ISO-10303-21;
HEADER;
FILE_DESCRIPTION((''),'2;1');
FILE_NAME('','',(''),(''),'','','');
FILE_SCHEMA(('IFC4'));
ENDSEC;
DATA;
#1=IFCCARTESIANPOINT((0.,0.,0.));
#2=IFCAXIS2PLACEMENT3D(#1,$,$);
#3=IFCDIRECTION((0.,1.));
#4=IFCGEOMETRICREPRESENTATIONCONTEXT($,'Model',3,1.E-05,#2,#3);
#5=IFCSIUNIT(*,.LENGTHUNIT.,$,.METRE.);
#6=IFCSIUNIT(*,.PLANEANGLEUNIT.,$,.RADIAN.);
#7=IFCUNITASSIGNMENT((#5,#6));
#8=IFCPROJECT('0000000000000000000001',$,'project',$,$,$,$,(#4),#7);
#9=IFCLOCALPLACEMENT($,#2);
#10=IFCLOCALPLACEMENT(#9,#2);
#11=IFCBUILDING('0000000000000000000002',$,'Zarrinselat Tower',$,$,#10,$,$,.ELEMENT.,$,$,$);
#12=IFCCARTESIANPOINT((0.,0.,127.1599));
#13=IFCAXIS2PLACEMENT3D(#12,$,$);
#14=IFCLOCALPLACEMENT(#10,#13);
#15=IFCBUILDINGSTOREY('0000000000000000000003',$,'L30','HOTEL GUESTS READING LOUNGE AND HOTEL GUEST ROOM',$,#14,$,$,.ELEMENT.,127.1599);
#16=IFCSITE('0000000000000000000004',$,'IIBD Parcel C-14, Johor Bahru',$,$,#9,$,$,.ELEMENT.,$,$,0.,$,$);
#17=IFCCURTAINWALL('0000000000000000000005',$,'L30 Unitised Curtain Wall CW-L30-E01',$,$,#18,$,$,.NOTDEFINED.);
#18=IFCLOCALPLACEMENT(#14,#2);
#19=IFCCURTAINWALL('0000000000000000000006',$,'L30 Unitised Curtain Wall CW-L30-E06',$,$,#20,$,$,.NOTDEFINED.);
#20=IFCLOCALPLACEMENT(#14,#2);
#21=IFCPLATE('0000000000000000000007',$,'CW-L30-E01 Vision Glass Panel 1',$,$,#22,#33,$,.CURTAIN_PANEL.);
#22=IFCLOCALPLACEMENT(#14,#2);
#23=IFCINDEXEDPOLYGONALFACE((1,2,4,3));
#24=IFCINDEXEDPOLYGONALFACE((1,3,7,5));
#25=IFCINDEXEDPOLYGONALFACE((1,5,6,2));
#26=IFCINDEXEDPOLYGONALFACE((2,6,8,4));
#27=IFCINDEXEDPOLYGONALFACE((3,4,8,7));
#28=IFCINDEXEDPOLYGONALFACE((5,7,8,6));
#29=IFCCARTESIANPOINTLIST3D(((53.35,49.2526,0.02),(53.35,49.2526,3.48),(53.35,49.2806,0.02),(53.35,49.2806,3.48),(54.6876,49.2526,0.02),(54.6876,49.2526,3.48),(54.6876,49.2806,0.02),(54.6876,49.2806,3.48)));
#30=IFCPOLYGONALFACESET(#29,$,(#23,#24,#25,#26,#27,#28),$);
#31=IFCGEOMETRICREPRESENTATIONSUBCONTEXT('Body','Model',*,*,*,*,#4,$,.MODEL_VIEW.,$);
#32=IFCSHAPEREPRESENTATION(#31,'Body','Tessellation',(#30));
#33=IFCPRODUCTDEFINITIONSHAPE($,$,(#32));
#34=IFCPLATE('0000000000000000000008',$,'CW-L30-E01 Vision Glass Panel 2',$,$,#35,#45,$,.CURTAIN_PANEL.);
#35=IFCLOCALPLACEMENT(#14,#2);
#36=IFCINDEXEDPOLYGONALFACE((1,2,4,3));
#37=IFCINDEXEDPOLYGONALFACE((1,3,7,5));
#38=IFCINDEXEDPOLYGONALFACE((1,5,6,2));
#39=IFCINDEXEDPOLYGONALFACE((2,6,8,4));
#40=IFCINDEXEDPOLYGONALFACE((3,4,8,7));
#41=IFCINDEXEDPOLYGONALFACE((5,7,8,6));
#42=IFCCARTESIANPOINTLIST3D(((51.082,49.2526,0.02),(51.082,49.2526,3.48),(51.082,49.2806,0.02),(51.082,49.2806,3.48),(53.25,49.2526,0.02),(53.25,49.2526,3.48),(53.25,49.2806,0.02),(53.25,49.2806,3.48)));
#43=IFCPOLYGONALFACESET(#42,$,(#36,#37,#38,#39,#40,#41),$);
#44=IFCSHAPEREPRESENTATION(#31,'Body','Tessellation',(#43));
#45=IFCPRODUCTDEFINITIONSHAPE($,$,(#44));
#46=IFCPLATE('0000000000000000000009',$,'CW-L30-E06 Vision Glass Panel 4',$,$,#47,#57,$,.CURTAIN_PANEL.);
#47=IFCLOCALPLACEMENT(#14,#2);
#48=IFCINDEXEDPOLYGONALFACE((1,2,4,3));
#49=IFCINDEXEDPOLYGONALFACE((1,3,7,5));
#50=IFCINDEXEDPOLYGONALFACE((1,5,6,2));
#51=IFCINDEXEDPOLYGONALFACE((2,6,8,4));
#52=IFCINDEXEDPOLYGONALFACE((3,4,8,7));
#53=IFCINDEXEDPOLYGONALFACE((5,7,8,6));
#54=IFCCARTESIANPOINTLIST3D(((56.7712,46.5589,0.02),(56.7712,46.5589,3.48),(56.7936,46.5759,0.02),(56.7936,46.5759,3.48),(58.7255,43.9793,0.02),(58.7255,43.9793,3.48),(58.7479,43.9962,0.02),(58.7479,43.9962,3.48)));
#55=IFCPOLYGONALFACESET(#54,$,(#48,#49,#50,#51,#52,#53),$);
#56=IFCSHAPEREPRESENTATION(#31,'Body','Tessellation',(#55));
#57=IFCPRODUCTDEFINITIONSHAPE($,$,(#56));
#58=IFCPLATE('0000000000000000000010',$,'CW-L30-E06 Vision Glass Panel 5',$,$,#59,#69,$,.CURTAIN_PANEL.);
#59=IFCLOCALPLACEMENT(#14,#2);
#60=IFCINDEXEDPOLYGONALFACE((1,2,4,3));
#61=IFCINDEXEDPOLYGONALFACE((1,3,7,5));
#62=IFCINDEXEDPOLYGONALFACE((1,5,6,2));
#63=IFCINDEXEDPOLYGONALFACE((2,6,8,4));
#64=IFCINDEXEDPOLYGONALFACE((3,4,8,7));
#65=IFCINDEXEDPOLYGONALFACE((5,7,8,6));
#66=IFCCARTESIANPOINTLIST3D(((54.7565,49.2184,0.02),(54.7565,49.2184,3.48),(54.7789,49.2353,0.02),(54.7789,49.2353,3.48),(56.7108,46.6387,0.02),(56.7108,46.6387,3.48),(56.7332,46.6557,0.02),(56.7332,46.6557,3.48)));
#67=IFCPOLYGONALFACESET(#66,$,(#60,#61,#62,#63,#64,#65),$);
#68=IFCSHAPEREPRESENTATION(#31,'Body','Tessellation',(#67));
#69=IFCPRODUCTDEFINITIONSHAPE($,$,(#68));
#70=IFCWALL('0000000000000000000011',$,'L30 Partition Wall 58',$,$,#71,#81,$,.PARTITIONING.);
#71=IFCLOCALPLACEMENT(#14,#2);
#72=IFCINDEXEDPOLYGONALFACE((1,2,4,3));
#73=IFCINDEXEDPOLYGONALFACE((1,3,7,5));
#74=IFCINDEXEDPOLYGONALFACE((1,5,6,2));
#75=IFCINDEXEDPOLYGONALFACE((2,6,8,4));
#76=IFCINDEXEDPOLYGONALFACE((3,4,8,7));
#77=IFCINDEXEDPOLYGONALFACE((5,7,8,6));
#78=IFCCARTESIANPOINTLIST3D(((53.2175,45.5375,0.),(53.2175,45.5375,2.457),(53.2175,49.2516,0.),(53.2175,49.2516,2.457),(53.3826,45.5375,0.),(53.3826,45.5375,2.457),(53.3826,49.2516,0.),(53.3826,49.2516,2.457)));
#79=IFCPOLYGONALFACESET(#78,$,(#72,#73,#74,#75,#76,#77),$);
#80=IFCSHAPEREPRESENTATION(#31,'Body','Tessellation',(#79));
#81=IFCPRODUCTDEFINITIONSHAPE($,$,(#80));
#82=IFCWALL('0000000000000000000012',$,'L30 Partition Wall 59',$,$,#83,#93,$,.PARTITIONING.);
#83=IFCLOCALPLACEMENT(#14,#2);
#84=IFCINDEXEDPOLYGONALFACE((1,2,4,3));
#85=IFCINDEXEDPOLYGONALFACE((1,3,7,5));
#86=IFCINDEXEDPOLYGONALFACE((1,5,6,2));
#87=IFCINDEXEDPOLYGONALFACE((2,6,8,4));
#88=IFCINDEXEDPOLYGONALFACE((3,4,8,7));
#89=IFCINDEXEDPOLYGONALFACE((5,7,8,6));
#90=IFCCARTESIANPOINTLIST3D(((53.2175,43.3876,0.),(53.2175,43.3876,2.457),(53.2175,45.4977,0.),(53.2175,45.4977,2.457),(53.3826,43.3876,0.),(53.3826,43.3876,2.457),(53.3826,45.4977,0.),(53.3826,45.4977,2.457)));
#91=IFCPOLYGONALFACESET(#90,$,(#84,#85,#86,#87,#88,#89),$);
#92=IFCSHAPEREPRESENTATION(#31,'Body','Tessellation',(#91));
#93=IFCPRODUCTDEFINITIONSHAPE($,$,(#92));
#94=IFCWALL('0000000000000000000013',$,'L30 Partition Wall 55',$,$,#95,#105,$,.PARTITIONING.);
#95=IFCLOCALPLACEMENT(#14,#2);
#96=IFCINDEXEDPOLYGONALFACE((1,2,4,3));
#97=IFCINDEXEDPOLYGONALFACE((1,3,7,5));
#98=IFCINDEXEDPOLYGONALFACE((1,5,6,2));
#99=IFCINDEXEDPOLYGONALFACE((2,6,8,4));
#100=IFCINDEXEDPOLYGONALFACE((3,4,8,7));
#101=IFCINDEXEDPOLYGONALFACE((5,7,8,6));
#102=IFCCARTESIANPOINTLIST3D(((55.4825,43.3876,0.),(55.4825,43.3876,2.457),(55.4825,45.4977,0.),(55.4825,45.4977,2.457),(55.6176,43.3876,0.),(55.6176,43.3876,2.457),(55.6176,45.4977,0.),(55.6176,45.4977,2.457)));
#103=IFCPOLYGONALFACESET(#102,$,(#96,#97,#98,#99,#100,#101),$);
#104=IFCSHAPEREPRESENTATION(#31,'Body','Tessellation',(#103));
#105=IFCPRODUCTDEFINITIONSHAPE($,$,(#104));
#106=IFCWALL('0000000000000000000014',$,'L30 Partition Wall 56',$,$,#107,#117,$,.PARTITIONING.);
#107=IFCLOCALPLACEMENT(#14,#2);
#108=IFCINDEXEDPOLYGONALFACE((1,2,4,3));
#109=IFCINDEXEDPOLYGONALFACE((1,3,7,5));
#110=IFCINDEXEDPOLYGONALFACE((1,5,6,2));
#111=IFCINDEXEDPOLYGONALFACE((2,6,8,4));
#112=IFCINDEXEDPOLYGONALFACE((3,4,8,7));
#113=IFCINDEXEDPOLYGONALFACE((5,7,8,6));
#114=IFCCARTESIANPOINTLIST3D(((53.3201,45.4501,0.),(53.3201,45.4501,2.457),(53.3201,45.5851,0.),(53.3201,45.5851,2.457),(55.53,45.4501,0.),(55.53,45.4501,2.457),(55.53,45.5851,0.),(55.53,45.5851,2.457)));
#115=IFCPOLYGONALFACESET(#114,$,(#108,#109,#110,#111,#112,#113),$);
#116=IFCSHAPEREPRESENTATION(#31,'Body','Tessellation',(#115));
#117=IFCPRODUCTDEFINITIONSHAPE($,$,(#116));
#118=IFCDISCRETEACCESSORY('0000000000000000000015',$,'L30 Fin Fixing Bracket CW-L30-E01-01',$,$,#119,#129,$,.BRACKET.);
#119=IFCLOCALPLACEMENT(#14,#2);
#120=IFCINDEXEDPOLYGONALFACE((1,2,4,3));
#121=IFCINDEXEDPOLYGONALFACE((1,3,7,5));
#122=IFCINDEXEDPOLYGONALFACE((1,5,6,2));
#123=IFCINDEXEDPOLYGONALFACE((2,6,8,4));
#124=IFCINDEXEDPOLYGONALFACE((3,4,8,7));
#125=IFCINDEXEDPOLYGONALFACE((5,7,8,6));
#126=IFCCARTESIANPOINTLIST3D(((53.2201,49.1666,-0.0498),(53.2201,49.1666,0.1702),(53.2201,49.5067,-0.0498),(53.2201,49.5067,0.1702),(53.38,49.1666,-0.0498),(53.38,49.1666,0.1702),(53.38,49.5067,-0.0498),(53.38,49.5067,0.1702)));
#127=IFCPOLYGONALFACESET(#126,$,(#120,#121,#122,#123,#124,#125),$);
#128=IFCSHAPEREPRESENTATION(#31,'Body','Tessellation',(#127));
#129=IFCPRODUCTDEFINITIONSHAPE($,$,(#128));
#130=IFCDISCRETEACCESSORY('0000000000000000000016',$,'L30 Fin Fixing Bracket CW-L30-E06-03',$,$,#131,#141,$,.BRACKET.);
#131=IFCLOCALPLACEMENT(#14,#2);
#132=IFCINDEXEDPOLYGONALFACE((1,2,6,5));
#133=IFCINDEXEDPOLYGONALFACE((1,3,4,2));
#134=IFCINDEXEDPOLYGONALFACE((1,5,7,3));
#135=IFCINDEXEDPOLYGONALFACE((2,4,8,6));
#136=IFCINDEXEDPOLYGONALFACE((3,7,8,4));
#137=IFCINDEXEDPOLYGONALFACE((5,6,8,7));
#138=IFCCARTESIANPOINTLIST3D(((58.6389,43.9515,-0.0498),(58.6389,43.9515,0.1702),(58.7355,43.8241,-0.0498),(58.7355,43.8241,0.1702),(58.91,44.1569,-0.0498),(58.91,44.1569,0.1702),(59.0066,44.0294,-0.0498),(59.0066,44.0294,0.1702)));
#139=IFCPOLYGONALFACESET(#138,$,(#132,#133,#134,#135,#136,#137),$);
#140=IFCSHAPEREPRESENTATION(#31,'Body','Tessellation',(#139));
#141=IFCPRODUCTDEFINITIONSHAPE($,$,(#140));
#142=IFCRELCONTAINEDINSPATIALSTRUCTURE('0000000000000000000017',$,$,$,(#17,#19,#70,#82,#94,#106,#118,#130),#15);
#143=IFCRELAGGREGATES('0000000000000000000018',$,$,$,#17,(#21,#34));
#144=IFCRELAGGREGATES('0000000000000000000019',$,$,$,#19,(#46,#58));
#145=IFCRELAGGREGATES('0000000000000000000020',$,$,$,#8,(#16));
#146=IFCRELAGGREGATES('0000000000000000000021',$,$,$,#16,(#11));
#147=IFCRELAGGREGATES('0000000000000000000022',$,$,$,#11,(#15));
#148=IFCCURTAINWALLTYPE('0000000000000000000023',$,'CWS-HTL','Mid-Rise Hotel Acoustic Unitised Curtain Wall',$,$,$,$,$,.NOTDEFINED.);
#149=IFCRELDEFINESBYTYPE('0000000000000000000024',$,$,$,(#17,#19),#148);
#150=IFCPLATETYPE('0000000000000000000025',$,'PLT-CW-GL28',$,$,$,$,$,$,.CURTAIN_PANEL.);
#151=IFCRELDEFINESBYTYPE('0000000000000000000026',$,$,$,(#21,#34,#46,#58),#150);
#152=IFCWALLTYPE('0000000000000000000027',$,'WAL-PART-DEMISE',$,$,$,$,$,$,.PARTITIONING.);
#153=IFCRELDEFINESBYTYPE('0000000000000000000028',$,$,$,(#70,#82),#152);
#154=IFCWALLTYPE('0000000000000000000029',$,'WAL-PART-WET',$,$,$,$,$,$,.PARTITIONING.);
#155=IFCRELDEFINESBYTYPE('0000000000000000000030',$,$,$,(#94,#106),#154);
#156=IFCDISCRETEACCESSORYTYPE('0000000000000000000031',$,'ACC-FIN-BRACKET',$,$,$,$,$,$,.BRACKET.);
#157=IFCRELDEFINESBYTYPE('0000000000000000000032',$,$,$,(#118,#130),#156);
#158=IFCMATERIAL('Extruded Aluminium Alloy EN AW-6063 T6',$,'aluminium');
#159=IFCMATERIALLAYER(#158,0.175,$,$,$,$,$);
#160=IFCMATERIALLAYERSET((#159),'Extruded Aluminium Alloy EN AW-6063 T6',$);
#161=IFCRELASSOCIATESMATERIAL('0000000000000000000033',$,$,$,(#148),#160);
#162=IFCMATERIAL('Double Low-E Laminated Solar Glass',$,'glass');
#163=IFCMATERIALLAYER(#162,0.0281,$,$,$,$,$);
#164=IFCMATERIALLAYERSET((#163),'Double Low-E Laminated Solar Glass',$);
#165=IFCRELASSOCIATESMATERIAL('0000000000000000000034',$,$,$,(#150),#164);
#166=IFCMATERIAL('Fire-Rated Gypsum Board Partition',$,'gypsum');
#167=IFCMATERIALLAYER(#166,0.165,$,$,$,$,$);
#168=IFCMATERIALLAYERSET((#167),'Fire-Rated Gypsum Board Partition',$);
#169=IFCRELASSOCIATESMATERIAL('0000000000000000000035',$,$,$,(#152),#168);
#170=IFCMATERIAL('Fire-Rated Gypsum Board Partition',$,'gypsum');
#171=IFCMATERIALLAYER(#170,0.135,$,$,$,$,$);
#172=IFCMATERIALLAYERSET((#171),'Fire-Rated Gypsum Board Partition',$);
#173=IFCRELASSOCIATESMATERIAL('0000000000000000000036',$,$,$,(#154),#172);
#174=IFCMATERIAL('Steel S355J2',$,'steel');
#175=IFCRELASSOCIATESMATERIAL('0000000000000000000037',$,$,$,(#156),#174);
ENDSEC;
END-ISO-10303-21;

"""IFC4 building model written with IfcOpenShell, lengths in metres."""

from ifc_helpers import new_model, si_unit, direction, frame, frame_2d, origin, origin_2d, place, context, subcontext, project, spatial, rectangle, extrude, material, layer, layer_set, type_object, element, aggregate, save


model = new_model("IFC4")

# Units and contexts
model_context = context("Model", 3, precision=1e-05, world=origin(), true_north=direction((0.0, 1.0)))
body_context = subcontext(model_context, "Body", "Model", "MODEL_VIEW")
ifc_project = project(units=[si_unit("LENGTHUNIT", "METRE"), si_unit("PLANEANGLEUNIT", "RADIAN")], contexts=[model_context])

# Site, building, storey
site_placement = place(None, origin())
site = spatial("IfcSite", under=ifc_project, at=site_placement, Name="IIBD Parcel C-14, Johor Bahru", CompositionType="ELEMENT", RefElevation=0.0)
building_placement = place(site_placement, origin())
building = spatial("IfcBuilding", under=site, at=building_placement, Name="Zarrinselat Tower", CompositionType="ELEMENT")
storey_placement = place(building_placement, frame((0.0, 0.0, 127.1599)))
storey = spatial("IfcBuildingStorey", under=building, at=storey_placement, Name="L30", Description="HOTEL GUESTS READING LOUNGE AND HOTEL GUEST ROOM", CompositionType="ELEMENT", Elevation=127.1599)

# Curtain walls
ifc_material_1 = material(Name="Extruded Aluminium Alloy EN AW-6063 T6", Category="aluminium")
ifc_layer_1 = layer(ifc_material_1, 0.175)
ifc_layer_set_1 = layer_set([ifc_layer_1], Name="Extruded Aluminium Alloy EN AW-6063 T6")
curtain_wall_type = type_object("IfcCurtainWallType", Name="CWS-HTL", Description="Mid-Rise Hotel Acoustic Unitised Curtain Wall", PredefinedType="NOTDEFINED", material=ifc_layer_set_1)
curtain_wall_1_placement = place(storey_placement, origin())
curtain_wall_1 = element("IfcCurtainWall", 1, at=curtain_wall_1_placement, inside=storey, type_object=curtain_wall_type, Name="L30 Unitised Curtain Wall CW-L30-E01", PredefinedType="NOTDEFINED")
curtain_wall_2_placement = place(storey_placement, origin())
curtain_wall_2 = element("IfcCurtainWall", 2, at=curtain_wall_2_placement, inside=storey, type_object=curtain_wall_type, Name="L30 Unitised Curtain Wall CW-L30-E06", PredefinedType="NOTDEFINED")

# Plates
ifc_material_2 = material(Name="Double Low-E Laminated Solar Glass", Category="glass")
ifc_layer_2 = layer(ifc_material_2, 0.0281)
ifc_layer_set_2 = layer_set([ifc_layer_2], Name="Double Low-E Laminated Solar Glass")
plate_type = type_object("IfcPlateType", Name="PLT-CW-GL28", PredefinedType="CURTAIN_PANEL", material=ifc_layer_set_2)
plate_1_placement = place(storey_placement, frame((54.0188, 49.2666, 0.02), z_axis=(0.0, 0.0, 1.0), x_axis=(-1.0, 0.0, 0.0)))
plate_1 = element("IfcPlate", 3, at=plate_1_placement, type_object=plate_type, Name="CW-L30-E01 Vision Glass Panel 1", PredefinedType="CURTAIN_PANEL", context=body_context, shape_type="SweptSolid", body=[
    extrude(rectangle(XDim=1.3376, YDim=0.0281, at=origin_2d()), origin(), (0.0, 0.0, 1.0), 3.46),
])
plate_2_placement = place(storey_placement, frame((52.166, 49.2666, 0.02), z_axis=(0.0, 0.0, 1.0), x_axis=(-1.0, 0.0, 0.0)))
plate_2 = element("IfcPlate", 4, at=plate_2_placement, type_object=plate_type, Name="CW-L30-E01 Vision Glass Panel 2", PredefinedType="CURTAIN_PANEL", context=body_context, shape_type="SweptSolid", body=[
    extrude(rectangle(XDim=2.168, YDim=0.0281, at=origin_2d()), origin(), (0.0, 0.0, 1.0), 3.46),
])
aggregate(curtain_wall_1, [plate_1, plate_2])
plate_3_placement = place(storey_placement, frame((57.7595, 45.2776, 0.02), z_axis=(0.0, 0.0, 1.0), x_axis=(-0.603858, 0.797092, 0.0)))
plate_3 = element("IfcPlate", 5, at=plate_3_placement, type_object=plate_type, Name="CW-L30-E06 Vision Glass Panel 4", PredefinedType="CURTAIN_PANEL", context=body_context, shape_type="SweptSolid", body=[
    extrude(rectangle(XDim=3.2363, YDim=0.0281, at=origin_2d()), origin(), (0.0, 0.0, 1.0), 3.46),
])
plate_4_placement = place(storey_placement, frame((55.7449, 47.937, 0.02), z_axis=(0.0, 0.0, 1.0), x_axis=(-0.603858, 0.797092, 0.0)))
plate_4 = element("IfcPlate", 6, at=plate_4_placement, type_object=plate_type, Name="CW-L30-E06 Vision Glass Panel 5", PredefinedType="CURTAIN_PANEL", context=body_context, shape_type="SweptSolid", body=[
    extrude(rectangle(XDim=3.2363, YDim=0.0281, at=origin_2d()), origin(), (0.0, 0.0, 1.0), 3.46),
])
aggregate(curtain_wall_2, [plate_3, plate_4])

# Walls
ifc_material_3 = material(Name="Fire-Rated Gypsum Board Partition", Category="gypsum")
ifc_layer_3 = layer(ifc_material_3, 0.165)
ifc_layer_set_3 = layer_set([ifc_layer_3], Name="Fire-Rated Gypsum Board Partition")
wall_type_1 = type_object("IfcWallType", Name="WAL-PART-DEMISE", PredefinedType="PARTITIONING", material=ifc_layer_set_3)
wall_1_placement = place(storey_placement, frame((53.3, 45.5376, 0.0), z_axis=(0.0, 0.0, 1.0), x_axis=(0.0, 1.0, 0.0)))
element("IfcWall", 7, at=wall_1_placement, inside=storey, type_object=wall_type_1, Name="L30 Partition Wall 58", PredefinedType="PARTITIONING", context=body_context, shape_type="SweptSolid", body=[
    extrude(rectangle(XDim=3.7141, YDim=0.165, at=frame_2d((1.8569, 0.0))), origin(), (0.0, 0.0, 1.0), 2.457),
])
wall_2_placement = place(storey_placement, frame((53.3, 43.3875, 0.0), z_axis=(0.0, 0.0, 1.0), x_axis=(0.0, 1.0, 0.0)))
element("IfcWall", 8, at=wall_2_placement, inside=storey, type_object=wall_type_1, Name="L30 Partition Wall 59", PredefinedType="PARTITIONING", context=body_context, shape_type="SweptSolid", body=[
    extrude(rectangle(XDim=2.1101, YDim=0.165, at=frame_2d((1.0552, 0.0))), origin(), (0.0, 0.0, 1.0), 2.457),
])
ifc_material_4 = material(Name="Fire-Rated Gypsum Board Partition", Category="gypsum")
ifc_layer_4 = layer(ifc_material_4, 0.135)
ifc_layer_set_4 = layer_set([ifc_layer_4], Name="Fire-Rated Gypsum Board Partition")
wall_type_2 = type_object("IfcWallType", Name="WAL-PART-WET", PredefinedType="PARTITIONING", material=ifc_layer_set_4)
wall_3_placement = place(storey_placement, frame((55.55, 43.3875, 0.0), z_axis=(0.0, 0.0, 1.0), x_axis=(0.0, 1.0, 0.0)))
element("IfcWall", 9, at=wall_3_placement, inside=storey, type_object=wall_type_2, Name="L30 Partition Wall 55", PredefinedType="PARTITIONING", context=body_context, shape_type="SweptSolid", body=[
    extrude(rectangle(XDim=2.1101, YDim=0.135, at=frame_2d((1.0552, 0.0))), origin(), (0.0, 0.0, 1.0), 2.457),
])
wall_4_placement = place(storey_placement, frame((53.3201, 45.5176, 0.0), z_axis=(0.0, 0.0, 1.0), x_axis=(1.0, 0.0, 0.0)))
element("IfcWall", 10, at=wall_4_placement, inside=storey, type_object=wall_type_2, Name="L30 Partition Wall 56", PredefinedType="PARTITIONING", context=body_context, shape_type="SweptSolid", body=[
    extrude(rectangle(XDim=2.21, YDim=0.135, at=frame_2d((1.105, 0.0))), origin(), (0.0, 0.0, 1.0), 2.457),
])

# Discrete accessories
ifc_material_5 = material(Name="Steel S355J2", Category="steel")
discrete_accessory_type = type_object("IfcDiscreteAccessoryType", Name="ACC-FIN-BRACKET", PredefinedType="BRACKET", material=ifc_material_5)
for number, where, z_axis, x_axis, name in (
    (11, (53.3, 49.3367, -0.0498), (0.0, 0.0, 1.0), (0.0, 1.0, 0.0), "L30 Fin Fixing Bracket CW-L30-E01-01"),
    (12, (58.8228, 43.9905, -0.0498), (0.0, 0.0, 1.0), (0.797092, 0.603858, 0.0), "L30 Fin Fixing Bracket CW-L30-E06-03"),
):
    element("IfcDiscreteAccessory", number, at=place(storey_placement, frame(where, z_axis=z_axis, x_axis=x_axis)), inside=storey, type_object=discrete_accessory_type, Name=name, PredefinedType="BRACKET", context=body_context, shape_type="SweptSolid", body=[
        extrude(rectangle(XDim=0.3401, YDim=0.1599, at=origin_2d()), origin(), (0.0, 0.0, 1.0), 0.22),
    ])

save(model, "model.ifc")
